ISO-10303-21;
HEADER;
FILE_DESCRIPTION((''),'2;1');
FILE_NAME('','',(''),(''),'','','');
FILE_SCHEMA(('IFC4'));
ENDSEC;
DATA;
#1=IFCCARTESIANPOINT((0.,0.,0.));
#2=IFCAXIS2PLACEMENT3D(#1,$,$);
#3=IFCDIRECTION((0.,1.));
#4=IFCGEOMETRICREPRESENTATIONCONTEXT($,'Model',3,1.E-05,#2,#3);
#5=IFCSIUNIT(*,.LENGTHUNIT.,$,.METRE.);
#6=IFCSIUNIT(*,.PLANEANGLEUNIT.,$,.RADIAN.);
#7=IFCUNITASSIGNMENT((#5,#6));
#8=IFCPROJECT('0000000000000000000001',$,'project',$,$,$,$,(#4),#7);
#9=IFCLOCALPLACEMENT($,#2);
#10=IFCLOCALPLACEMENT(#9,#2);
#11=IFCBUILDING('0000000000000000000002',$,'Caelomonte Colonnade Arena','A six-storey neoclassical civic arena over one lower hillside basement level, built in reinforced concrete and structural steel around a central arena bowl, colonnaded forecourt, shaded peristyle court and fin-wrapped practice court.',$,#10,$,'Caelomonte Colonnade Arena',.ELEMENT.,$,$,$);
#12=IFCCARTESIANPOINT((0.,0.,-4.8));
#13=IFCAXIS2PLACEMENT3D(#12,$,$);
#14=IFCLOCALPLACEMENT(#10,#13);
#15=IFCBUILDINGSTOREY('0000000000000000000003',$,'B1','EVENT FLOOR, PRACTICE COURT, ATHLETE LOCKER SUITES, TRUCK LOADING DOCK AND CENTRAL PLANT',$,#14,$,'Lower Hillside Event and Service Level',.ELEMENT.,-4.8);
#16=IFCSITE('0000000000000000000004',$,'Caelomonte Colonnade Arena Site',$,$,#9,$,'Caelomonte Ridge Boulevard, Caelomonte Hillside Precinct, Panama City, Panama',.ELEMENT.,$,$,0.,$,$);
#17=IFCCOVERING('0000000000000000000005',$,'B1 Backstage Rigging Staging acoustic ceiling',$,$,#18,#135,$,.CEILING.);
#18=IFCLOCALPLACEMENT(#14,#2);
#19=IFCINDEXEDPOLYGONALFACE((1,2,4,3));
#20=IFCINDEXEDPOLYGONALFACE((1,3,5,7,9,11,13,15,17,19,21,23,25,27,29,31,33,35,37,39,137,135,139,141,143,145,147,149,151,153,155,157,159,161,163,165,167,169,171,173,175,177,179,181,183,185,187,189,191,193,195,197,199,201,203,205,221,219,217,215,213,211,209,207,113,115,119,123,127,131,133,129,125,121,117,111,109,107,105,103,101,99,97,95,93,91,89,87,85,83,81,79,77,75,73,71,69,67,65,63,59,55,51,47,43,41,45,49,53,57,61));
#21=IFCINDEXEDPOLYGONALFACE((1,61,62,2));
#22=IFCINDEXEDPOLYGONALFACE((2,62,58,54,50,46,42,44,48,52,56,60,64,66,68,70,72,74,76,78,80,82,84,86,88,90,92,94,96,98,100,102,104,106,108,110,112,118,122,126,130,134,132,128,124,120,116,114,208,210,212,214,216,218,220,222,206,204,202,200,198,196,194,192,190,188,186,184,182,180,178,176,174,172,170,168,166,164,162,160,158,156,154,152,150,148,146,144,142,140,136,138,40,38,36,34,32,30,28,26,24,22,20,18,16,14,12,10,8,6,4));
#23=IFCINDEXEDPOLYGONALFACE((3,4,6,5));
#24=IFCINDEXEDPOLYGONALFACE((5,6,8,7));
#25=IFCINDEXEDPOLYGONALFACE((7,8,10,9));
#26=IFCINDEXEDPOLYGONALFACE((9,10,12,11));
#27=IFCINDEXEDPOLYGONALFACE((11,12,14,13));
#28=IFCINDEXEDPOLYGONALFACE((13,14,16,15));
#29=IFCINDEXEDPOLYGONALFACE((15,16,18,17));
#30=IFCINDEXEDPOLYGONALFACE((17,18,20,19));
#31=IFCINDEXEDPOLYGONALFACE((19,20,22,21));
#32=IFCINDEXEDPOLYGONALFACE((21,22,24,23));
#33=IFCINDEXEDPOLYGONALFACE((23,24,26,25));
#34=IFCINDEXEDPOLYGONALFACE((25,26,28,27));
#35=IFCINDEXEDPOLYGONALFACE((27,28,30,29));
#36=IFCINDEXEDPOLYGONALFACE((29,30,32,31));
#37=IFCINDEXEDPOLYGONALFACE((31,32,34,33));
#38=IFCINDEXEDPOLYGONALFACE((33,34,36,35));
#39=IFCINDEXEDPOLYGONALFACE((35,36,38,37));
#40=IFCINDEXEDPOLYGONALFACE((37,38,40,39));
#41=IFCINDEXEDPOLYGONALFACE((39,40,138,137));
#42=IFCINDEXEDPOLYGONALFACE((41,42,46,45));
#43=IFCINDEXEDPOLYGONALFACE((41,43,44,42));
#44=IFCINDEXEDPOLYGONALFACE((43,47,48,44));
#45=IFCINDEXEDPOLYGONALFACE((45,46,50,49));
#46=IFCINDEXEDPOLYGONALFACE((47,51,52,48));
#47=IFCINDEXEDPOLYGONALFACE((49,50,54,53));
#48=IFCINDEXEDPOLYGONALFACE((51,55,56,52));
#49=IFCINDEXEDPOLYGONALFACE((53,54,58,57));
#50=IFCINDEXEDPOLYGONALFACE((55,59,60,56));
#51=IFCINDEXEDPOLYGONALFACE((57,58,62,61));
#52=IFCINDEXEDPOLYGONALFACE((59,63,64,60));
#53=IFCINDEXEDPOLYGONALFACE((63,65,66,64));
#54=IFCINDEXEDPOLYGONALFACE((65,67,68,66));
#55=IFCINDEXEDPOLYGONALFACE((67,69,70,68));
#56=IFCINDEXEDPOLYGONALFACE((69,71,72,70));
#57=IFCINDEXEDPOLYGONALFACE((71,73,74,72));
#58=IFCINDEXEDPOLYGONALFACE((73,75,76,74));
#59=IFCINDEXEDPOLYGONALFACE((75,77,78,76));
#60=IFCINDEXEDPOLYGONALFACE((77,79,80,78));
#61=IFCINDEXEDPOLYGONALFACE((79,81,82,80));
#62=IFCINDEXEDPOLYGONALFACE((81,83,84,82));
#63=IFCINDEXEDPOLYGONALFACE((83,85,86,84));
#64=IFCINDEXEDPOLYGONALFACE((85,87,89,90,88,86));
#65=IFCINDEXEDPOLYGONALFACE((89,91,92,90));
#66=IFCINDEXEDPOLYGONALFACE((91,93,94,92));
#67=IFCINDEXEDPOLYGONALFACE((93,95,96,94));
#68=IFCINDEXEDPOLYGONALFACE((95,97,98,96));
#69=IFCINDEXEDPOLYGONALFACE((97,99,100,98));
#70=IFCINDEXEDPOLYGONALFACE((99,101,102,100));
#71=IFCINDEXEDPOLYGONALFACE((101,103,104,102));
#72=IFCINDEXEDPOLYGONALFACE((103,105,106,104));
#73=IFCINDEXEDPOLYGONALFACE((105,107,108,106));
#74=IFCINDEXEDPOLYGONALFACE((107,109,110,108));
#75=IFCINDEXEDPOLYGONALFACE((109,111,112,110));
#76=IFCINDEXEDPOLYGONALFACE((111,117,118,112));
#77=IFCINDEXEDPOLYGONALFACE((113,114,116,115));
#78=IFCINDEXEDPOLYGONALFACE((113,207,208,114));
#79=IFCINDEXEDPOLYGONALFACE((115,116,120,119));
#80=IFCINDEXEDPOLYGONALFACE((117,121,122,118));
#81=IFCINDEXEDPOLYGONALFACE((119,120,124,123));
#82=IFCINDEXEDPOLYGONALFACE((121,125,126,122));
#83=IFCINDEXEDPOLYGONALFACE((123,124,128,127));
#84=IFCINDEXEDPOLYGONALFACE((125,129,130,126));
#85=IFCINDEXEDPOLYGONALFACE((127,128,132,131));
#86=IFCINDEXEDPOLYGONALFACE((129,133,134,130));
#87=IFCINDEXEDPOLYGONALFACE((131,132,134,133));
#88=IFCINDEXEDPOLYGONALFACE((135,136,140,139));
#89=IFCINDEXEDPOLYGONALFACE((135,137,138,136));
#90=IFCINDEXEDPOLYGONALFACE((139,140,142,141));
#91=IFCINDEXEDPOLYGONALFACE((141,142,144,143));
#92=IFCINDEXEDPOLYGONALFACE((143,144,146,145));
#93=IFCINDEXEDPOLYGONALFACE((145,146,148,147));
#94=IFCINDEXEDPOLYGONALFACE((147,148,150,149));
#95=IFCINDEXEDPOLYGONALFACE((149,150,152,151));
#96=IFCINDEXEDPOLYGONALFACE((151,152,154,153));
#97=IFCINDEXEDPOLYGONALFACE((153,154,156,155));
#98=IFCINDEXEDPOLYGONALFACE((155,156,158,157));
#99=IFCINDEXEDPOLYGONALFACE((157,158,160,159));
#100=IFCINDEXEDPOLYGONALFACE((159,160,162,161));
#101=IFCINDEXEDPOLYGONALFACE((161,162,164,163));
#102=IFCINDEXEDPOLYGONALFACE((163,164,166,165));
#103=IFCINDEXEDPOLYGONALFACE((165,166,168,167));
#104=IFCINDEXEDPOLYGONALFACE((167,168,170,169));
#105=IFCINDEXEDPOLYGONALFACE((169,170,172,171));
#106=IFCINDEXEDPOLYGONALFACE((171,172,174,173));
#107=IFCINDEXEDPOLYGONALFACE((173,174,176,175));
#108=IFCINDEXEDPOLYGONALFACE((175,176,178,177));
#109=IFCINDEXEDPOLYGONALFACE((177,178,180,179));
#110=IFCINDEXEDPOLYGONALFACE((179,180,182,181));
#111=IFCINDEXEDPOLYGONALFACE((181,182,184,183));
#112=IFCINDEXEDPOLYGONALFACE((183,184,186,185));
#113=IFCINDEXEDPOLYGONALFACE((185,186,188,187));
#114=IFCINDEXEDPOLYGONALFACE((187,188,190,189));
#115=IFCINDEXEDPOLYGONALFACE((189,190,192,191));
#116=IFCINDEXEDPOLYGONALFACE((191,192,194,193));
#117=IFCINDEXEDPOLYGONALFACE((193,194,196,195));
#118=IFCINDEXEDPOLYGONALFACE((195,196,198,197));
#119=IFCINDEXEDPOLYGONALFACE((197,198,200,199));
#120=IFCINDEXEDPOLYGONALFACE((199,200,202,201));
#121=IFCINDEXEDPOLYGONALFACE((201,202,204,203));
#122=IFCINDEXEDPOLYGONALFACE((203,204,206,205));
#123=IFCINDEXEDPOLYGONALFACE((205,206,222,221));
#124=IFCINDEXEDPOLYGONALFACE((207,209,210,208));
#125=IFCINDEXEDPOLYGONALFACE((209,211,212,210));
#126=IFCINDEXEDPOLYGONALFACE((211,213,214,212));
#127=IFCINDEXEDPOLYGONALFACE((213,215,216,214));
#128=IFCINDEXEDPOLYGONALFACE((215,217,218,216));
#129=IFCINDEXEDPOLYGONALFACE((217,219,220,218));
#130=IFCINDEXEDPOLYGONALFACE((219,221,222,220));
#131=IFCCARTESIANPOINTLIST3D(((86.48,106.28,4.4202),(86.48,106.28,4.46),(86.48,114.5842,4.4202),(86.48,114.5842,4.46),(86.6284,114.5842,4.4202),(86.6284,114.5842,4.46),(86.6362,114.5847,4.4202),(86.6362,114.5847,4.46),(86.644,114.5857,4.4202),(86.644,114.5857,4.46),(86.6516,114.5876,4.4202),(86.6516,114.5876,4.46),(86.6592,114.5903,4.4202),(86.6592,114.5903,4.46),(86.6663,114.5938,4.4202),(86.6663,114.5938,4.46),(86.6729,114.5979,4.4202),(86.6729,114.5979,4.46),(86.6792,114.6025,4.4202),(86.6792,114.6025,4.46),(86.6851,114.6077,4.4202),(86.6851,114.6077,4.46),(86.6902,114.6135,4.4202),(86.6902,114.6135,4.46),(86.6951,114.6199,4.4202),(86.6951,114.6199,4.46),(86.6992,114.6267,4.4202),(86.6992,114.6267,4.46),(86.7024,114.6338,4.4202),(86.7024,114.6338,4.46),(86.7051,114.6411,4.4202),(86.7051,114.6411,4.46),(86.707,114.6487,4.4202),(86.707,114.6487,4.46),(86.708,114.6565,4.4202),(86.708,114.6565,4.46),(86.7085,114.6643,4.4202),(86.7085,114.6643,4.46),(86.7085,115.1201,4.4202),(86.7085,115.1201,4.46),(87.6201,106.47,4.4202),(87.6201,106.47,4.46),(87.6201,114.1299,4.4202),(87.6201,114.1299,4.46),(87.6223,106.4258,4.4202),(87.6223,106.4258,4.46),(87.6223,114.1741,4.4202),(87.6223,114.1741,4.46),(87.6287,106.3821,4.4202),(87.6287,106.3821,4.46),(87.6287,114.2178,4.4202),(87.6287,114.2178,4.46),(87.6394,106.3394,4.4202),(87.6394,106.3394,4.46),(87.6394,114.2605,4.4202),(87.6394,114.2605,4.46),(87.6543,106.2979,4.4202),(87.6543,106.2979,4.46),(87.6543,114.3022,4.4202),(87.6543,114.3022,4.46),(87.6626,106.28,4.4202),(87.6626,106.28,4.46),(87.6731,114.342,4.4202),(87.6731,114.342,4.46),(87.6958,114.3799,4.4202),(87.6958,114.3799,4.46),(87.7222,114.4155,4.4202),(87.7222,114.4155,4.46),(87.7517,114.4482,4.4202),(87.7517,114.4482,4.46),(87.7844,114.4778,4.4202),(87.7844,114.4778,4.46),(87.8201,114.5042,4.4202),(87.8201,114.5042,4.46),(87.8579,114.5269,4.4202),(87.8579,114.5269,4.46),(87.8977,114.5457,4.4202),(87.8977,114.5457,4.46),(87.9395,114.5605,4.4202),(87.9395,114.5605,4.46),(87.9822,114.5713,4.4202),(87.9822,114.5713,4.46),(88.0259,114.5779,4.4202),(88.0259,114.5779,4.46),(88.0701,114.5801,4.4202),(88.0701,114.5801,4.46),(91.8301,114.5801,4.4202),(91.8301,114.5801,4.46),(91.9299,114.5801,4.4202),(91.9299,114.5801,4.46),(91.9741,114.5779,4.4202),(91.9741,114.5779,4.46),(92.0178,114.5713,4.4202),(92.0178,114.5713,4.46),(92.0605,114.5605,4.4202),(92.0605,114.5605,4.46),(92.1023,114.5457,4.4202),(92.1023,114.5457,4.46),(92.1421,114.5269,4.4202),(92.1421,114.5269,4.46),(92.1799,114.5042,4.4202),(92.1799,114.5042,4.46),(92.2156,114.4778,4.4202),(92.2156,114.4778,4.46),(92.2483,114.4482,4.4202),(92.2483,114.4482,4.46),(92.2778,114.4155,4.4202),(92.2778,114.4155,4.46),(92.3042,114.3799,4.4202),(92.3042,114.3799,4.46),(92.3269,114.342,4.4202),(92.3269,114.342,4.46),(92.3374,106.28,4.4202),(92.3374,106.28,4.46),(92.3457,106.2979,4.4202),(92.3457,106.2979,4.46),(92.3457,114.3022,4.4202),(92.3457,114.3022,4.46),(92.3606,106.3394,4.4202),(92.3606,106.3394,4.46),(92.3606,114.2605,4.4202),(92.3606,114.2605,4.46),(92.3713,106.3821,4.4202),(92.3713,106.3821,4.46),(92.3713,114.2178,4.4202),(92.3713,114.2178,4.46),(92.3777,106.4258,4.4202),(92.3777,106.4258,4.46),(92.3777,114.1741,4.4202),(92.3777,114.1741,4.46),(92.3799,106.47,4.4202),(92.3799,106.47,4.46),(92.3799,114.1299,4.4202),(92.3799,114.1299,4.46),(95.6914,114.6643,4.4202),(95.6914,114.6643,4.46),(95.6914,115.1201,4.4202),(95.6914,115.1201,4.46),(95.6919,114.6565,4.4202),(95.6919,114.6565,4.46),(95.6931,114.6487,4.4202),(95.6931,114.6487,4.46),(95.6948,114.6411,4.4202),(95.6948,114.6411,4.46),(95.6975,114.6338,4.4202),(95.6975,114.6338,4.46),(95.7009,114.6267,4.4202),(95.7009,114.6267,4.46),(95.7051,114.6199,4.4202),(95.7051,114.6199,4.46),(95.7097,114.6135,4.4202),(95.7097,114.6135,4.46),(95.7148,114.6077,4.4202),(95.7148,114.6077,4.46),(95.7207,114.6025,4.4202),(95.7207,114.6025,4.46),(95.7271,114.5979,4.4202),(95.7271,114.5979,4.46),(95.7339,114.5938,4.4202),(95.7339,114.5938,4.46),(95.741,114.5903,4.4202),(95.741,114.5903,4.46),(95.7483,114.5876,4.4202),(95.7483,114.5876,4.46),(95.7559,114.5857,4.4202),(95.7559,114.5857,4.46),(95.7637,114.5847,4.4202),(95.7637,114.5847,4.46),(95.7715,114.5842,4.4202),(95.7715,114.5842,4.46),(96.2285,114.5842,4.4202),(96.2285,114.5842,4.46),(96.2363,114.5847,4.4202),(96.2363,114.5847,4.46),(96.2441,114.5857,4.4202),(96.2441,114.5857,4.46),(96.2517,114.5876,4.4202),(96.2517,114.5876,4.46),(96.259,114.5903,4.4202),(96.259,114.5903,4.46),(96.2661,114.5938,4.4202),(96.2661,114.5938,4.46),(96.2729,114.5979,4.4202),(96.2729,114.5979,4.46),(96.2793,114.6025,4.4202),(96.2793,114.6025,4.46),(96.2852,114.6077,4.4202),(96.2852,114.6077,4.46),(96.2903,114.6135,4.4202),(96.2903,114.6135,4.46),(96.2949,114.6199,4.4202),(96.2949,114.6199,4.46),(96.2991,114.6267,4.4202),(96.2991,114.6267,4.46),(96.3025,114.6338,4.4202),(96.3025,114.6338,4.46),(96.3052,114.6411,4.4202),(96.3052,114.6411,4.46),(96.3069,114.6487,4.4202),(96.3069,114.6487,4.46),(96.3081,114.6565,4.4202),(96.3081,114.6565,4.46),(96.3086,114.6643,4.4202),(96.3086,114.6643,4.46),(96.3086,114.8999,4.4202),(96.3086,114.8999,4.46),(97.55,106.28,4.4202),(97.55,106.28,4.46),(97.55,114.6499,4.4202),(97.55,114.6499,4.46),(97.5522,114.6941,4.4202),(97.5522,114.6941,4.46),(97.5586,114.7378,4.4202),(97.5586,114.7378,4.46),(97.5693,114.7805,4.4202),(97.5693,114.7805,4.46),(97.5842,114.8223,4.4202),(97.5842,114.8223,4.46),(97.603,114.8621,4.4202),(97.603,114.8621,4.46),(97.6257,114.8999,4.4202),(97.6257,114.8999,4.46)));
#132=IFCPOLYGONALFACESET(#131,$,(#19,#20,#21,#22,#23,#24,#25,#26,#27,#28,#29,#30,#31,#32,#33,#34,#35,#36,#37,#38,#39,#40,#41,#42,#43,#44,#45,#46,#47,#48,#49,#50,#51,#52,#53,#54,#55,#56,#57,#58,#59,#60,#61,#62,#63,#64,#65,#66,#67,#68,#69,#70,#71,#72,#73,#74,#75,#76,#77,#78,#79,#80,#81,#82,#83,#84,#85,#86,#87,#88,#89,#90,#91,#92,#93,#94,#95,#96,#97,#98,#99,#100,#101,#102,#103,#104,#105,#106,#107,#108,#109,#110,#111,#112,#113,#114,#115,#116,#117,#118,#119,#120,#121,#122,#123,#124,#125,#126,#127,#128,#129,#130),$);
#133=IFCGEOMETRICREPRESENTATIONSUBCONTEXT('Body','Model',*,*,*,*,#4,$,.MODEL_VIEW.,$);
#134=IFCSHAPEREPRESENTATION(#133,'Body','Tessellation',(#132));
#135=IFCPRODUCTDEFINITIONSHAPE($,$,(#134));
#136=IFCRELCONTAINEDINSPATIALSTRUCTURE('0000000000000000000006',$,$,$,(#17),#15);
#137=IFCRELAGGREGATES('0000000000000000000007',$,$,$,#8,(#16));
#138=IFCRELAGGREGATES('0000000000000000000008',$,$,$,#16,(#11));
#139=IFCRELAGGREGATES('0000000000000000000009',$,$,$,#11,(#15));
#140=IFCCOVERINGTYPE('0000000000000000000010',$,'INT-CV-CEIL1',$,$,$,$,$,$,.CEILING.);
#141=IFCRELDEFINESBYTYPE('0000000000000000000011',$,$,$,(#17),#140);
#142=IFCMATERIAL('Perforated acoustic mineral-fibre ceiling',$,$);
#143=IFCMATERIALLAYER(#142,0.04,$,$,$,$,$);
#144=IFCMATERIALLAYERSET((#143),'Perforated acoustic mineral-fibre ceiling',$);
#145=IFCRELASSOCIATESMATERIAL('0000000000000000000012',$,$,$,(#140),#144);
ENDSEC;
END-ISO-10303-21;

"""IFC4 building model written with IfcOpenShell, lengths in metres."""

from ifc_helpers import new_model, si_unit, direction, frame, origin, place, context, subcontext, project, spatial, polyline, outline, extrude, material, layer, layer_set, type_object, element, save


model = new_model("IFC4")

# Units and contexts
model_context = context("Model", 3, precision=1e-05, world=origin(), true_north=direction((0.0, 1.0)))
body_context = subcontext(model_context, "Body", "Model", "MODEL_VIEW")
ifc_project = project(units=[si_unit("LENGTHUNIT", "METRE"), si_unit("PLANEANGLEUNIT", "RADIAN")], contexts=[model_context])

# Site, building, storey
site_placement = place(None, origin())
site = spatial("IfcSite", under=ifc_project, at=site_placement, Name="Caelomonte Colonnade Arena Site", LongName="Caelomonte Ridge Boulevard, Caelomonte Hillside Precinct, Panama City, Panama", CompositionType="ELEMENT", RefElevation=0.0)
building_placement = place(site_placement, origin())
building = spatial("IfcBuilding", under=site, at=building_placement, Name="Caelomonte Colonnade Arena", Description="A six-storey neoclassical civic arena over one lower hillside basement level, built in reinforced concrete and structural steel around a central arena bowl, colonnaded forecourt, shaded peristyle court and fin-wrapped practice court.", LongName="Caelomonte Colonnade Arena", CompositionType="ELEMENT")
storey_placement = place(building_placement, frame((0.0, 0.0, -4.8)))
storey = spatial("IfcBuildingStorey", under=building, at=storey_placement, Name="B1", Description="EVENT FLOOR, PRACTICE COURT, ATHLETE LOCKER SUITES, TRUCK LOADING DOCK AND CENTRAL PLANT", LongName="Lower Hillside Event and Service Level", CompositionType="ELEMENT", Elevation=-4.8)

# Covering
ifc_material_1 = material(Name="Perforated acoustic mineral-fibre ceiling")
ifc_layer_1 = layer(ifc_material_1, 0.04)
ifc_layer_set_1 = layer_set([ifc_layer_1], Name="Perforated acoustic mineral-fibre ceiling")
covering_type = type_object("IfcCoveringType", Name="INT-CV-CEIL1", PredefinedType="CEILING", material=ifc_layer_set_1)
covering_1_placement = place(storey_placement, frame((0.0, 0.0, 4.4202)))
element("IfcCovering", 1, at=covering_1_placement, inside=storey, type_object=covering_type, Name="B1 Backstage Rigging Staging acoustic ceiling", PredefinedType="CEILING", context=body_context, shape_type="SweptSolid", body=[
    extrude(outline(polyline([(86.48, 106.28), (87.6626, 106.28), (87.6543, 106.2979), (87.6394, 106.3394), (87.6287, 106.3821), (87.6223, 106.4258), (87.6201, 106.47), (87.6201, 114.1299), (87.6223, 114.1741), (87.6287, 114.2178), (87.6394, 114.2605), (87.6543, 114.3022), (87.6731, 114.342), (87.6958, 114.3799), (87.7222, 114.4155), (87.7517, 114.4482), (87.7844, 114.4778), (87.8201, 114.5042), (87.8579, 114.5269), (87.8977, 114.5457), (87.9395, 114.5605), (87.9822, 114.5713), (88.0259, 114.5779), (88.0701, 114.5801), (91.8301, 114.5801), (91.9299, 114.5801), (91.9741, 114.5779), (92.0178, 114.5713), (92.0605, 114.5605), (92.1023, 114.5457), (92.1421, 114.5269), (92.1799, 114.5042), (92.2156, 114.4778), (92.2483, 114.4482), (92.2778, 114.4155), (92.3042, 114.3799), (92.3269, 114.342), (92.3457, 114.3022), (92.3606, 114.2605), (92.3713, 114.2178), (92.3777, 114.1741), (92.3799, 114.1299), (92.3799, 106.47), (92.3777, 106.4258), (92.3713, 106.3821), (92.3606, 106.3394), (92.3457, 106.2979), (92.3374, 106.28), (97.55, 106.28), (97.55, 114.6499), (97.5522, 114.6941), (97.5586, 114.7378), (97.5693, 114.7805), (97.5842, 114.8223), (97.603, 114.8621), (97.6257, 114.8999), (96.3086, 114.8999), (96.3086, 114.6643), (96.3081, 114.6565), (96.3069, 114.6487), (96.3052, 114.6411), (96.3025, 114.6338), (96.2991, 114.6267), (96.2949, 114.6199), (96.2903, 114.6135), (96.2852, 114.6077), (96.2793, 114.6025), (96.2729, 114.5979), (96.2661, 114.5938), (96.259, 114.5903), (96.2517, 114.5876), (96.2441, 114.5857), (96.2363, 114.5847), (96.2285, 114.5842), (95.7715, 114.5842), (95.7637, 114.5847), (95.7559, 114.5857), (95.7483, 114.5876), (95.741, 114.5903), (95.7339, 114.5938), (95.7271, 114.5979), (95.7207, 114.6025), (95.7148, 114.6077), (95.7097, 114.6135), (95.7051, 114.6199), (95.7009, 114.6267), (95.6975, 114.6338), (95.6948, 114.6411), (95.6931, 114.6487), (95.6919, 114.6565), (95.6914, 114.6643), (95.6914, 115.1201), (86.7085, 115.1201), (86.7085, 114.6643), (86.708, 114.6565), (86.707, 114.6487), (86.7051, 114.6411), (86.7024, 114.6338), (86.6992, 114.6267), (86.6951, 114.6199), (86.6902, 114.6135), (86.6851, 114.6077), (86.6792, 114.6025), (86.6729, 114.5979), (86.6663, 114.5938), (86.6592, 114.5903), (86.6516, 114.5876), (86.644, 114.5857), (86.6362, 114.5847), (86.6284, 114.5842), (86.48, 114.5842), (86.48, 106.28)])), origin(), (0.0, 0.0, 1.0), 0.0398),
])

save(model, "model.ifc")
